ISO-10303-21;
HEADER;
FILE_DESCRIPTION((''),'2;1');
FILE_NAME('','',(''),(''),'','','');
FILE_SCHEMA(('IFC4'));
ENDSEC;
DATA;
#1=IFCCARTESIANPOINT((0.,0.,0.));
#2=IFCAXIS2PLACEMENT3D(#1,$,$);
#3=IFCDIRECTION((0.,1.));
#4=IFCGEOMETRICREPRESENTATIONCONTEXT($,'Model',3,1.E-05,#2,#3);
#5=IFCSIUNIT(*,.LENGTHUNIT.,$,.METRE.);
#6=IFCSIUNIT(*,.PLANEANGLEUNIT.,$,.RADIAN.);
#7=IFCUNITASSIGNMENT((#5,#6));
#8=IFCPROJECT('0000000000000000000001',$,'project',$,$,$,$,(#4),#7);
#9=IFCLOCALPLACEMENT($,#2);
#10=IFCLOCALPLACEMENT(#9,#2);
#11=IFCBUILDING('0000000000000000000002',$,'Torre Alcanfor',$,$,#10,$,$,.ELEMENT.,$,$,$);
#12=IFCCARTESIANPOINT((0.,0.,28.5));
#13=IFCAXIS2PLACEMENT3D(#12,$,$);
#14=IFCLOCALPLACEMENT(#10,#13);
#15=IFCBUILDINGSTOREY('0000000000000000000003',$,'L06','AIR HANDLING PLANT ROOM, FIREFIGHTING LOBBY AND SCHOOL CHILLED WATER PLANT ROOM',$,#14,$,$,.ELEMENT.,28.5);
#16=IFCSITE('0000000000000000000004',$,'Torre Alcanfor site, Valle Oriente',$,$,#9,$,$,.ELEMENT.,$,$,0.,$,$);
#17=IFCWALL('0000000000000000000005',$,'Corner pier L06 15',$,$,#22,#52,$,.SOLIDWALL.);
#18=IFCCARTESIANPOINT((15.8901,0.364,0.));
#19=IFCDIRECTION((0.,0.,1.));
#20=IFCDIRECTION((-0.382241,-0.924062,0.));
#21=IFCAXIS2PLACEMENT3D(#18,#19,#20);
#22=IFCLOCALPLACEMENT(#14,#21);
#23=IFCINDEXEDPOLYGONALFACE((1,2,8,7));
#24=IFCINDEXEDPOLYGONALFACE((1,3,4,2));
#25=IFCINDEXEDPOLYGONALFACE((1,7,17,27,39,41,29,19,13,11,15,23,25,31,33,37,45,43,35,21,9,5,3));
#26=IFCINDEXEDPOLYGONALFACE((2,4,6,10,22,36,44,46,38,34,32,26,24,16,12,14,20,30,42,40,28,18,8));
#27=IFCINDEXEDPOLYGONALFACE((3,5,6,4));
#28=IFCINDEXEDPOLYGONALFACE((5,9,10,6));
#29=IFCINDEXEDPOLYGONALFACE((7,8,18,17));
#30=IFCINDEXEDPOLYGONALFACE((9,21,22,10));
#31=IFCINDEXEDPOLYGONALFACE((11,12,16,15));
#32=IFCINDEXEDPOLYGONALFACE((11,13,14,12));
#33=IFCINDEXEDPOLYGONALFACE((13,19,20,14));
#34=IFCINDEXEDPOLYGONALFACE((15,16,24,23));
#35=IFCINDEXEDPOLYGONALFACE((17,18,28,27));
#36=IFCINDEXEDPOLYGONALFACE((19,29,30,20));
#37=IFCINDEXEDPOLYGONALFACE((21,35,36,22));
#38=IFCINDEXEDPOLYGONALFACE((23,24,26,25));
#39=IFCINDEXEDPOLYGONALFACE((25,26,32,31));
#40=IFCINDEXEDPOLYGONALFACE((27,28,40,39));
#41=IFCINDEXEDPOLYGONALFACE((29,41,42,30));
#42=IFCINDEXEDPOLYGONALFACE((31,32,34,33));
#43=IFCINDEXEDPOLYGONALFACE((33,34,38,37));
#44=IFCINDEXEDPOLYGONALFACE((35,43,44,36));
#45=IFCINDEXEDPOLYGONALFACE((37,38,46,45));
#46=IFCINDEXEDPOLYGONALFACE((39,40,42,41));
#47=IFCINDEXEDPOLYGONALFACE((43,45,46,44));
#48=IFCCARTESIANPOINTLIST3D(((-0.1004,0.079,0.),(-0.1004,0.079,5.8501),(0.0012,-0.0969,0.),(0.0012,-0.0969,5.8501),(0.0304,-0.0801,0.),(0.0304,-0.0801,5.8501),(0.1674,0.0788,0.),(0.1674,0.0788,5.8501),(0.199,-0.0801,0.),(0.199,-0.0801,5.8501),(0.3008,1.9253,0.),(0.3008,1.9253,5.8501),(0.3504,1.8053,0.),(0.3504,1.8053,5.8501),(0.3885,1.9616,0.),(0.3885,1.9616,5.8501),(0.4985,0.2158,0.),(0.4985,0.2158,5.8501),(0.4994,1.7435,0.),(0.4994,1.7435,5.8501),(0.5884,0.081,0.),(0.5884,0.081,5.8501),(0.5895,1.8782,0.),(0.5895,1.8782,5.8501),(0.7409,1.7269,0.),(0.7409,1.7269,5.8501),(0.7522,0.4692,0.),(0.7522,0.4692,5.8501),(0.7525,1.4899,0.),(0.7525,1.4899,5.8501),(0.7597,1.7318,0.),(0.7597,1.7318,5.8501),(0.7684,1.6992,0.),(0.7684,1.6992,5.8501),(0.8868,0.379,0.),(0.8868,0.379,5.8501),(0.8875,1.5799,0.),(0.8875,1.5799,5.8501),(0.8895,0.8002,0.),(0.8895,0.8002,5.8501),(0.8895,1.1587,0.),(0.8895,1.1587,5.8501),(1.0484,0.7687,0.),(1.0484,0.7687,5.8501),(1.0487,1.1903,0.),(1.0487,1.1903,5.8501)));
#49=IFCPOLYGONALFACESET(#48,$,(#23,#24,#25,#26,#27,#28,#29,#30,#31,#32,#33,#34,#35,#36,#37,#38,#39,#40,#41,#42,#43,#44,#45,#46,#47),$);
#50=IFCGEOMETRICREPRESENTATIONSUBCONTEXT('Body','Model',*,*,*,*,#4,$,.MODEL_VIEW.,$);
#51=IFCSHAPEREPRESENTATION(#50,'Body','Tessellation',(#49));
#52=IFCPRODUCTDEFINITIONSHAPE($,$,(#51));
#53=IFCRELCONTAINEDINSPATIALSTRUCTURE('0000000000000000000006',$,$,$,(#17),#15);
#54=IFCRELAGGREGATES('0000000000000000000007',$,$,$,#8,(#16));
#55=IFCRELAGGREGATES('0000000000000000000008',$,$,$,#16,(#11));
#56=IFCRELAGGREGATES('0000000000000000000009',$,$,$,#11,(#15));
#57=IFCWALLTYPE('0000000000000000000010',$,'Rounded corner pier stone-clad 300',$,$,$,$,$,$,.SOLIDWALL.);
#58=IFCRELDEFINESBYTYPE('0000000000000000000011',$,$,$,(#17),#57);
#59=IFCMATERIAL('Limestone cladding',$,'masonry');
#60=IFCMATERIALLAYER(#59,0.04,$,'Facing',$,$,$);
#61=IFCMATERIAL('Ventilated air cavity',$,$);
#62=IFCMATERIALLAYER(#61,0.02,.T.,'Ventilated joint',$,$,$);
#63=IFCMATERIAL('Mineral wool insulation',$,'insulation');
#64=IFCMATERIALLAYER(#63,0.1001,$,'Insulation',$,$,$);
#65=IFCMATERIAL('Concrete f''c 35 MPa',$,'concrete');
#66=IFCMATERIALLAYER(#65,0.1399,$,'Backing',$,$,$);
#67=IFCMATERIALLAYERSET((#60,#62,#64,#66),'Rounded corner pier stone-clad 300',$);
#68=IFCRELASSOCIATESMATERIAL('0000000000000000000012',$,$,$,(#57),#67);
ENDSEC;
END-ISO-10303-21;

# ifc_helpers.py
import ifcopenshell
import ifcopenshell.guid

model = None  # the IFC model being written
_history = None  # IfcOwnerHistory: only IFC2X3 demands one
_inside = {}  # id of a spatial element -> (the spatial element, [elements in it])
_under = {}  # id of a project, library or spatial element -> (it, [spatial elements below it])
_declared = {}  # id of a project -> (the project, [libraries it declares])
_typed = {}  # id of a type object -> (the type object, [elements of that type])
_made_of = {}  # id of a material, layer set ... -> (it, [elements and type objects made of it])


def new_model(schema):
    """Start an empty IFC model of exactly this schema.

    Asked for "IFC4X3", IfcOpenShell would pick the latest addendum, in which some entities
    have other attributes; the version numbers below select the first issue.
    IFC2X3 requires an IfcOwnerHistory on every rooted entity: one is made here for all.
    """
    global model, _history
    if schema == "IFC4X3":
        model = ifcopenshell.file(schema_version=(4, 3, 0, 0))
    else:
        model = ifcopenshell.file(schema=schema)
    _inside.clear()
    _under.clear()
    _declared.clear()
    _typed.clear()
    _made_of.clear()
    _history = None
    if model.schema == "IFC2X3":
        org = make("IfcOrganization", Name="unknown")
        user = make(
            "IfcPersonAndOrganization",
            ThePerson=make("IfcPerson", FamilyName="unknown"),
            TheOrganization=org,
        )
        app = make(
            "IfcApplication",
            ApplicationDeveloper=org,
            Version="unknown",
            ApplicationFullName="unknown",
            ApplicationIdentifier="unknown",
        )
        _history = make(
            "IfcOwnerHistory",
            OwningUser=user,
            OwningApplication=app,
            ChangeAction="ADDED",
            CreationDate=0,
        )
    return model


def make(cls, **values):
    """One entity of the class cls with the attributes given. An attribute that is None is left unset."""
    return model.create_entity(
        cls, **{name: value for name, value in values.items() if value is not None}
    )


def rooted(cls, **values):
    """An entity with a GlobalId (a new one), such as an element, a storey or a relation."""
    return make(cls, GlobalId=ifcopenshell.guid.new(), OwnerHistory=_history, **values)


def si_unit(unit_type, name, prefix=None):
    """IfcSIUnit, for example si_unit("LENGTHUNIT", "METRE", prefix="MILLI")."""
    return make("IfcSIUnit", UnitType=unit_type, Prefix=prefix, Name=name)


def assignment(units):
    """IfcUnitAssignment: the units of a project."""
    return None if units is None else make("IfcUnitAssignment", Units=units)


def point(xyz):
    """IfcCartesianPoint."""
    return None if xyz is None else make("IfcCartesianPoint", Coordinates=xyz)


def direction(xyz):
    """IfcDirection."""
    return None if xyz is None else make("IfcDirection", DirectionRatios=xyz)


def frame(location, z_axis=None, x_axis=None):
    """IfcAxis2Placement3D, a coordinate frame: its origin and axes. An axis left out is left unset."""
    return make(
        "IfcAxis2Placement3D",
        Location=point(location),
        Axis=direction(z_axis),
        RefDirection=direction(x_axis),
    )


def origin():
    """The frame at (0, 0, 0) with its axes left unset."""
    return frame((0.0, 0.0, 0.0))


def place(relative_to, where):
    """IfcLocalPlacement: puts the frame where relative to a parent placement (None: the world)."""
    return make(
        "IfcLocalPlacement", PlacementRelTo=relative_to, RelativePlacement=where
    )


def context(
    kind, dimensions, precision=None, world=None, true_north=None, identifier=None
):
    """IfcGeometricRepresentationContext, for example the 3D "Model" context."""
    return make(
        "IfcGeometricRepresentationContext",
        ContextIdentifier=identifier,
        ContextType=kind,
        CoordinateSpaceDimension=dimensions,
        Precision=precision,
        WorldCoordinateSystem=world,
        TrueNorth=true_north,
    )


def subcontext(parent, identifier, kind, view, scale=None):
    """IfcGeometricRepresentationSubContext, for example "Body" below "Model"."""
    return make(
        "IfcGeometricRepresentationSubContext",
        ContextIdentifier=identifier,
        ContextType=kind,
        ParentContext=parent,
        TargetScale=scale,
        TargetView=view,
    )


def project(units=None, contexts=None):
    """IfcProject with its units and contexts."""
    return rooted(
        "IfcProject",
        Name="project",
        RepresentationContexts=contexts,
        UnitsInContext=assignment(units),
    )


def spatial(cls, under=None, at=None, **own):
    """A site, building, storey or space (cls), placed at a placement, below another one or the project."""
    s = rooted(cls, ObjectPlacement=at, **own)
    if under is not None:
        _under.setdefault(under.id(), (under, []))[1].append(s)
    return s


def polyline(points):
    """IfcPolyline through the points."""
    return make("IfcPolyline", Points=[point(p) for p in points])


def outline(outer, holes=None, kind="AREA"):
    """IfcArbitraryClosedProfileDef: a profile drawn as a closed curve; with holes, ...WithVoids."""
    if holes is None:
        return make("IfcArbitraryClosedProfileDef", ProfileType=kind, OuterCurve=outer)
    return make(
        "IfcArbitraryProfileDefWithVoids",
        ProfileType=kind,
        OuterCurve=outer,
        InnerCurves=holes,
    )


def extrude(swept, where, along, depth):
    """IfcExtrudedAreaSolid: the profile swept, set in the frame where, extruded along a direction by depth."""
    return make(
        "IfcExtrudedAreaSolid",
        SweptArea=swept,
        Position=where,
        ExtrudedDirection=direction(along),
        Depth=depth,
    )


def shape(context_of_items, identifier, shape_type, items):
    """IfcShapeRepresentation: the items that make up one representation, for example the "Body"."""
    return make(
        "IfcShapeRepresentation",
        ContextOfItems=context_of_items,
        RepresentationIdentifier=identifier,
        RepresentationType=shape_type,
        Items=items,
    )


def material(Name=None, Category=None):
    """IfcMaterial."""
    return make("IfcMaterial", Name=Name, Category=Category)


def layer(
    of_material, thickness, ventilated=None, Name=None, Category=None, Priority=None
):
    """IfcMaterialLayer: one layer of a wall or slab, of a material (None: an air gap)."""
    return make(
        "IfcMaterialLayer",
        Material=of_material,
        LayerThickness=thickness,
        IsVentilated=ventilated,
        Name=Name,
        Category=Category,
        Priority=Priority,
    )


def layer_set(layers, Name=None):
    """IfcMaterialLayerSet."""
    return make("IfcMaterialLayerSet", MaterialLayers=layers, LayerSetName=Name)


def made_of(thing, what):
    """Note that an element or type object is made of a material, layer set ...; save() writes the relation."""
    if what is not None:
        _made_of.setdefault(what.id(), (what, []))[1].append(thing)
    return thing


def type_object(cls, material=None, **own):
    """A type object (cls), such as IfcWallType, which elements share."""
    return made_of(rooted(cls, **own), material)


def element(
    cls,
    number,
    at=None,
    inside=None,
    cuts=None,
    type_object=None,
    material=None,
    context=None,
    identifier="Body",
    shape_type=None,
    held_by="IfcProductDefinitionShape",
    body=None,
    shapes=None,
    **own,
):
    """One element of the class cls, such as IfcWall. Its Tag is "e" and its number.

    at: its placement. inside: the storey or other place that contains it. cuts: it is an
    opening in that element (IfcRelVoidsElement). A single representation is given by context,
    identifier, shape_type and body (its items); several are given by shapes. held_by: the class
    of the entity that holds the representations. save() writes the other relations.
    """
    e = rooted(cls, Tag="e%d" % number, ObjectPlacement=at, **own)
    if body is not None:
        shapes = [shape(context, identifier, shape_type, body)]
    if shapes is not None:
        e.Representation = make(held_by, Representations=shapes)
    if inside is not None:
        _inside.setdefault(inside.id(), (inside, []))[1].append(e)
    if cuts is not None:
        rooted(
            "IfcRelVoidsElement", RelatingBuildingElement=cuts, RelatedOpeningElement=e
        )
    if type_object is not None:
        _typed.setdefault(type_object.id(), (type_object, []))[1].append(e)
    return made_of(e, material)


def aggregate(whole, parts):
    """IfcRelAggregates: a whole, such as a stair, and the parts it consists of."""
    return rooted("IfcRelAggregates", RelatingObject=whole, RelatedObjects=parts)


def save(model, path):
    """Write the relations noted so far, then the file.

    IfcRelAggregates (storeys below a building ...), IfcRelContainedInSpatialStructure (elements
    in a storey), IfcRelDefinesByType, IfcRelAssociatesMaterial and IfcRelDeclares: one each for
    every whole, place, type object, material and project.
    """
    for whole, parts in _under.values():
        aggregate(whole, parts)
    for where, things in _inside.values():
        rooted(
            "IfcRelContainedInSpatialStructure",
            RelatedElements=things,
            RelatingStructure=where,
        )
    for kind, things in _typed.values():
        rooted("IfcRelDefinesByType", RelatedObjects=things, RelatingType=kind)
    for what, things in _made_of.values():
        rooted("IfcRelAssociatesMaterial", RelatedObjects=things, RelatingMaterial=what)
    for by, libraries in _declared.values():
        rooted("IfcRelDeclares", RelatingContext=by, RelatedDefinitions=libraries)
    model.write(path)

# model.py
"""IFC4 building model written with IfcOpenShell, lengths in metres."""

from ifc_helpers import new_model, si_unit, direction, frame, origin, place, context, subcontext, project, spatial, polyline, outline, extrude, material, layer, layer_set, type_object, element, save


model = new_model("IFC4")

# Units and contexts
model_context = context("Model", 3, precision=1e-05, world=origin(), true_north=direction((0.0, 1.0)))
body_context = subcontext(model_context, "Body", "Model", "MODEL_VIEW")
ifc_project = project(units=[si_unit("LENGTHUNIT", "METRE"), si_unit("PLANEANGLEUNIT", "RADIAN")], contexts=[model_context])

# Site, building, storey
site_placement = place(None, origin())
site = spatial("IfcSite", under=ifc_project, at=site_placement, Name="Torre Alcanfor site, Valle Oriente", CompositionType="ELEMENT", RefElevation=0.0)
building_placement = place(site_placement, origin())
building = spatial("IfcBuilding", under=site, at=building_placement, Name="Torre Alcanfor", CompositionType="ELEMENT")
storey_placement = place(building_placement, frame((0.0, 0.0, 28.5)))
storey = spatial("IfcBuildingStorey", under=building, at=storey_placement, Name="L06", Description="AIR HANDLING PLANT ROOM, FIREFIGHTING LOBBY AND SCHOOL CHILLED WATER PLANT ROOM", CompositionType="ELEMENT", Elevation=28.5)

# Wall
ifc_material_1 = material(Name="Limestone cladding", Category="masonry")
ifc_material_2 = material(Name="Ventilated air cavity")
ifc_material_3 = material(Name="Mineral wool insulation", Category="insulation")
ifc_material_4 = material(Name="Concrete f'c 35 MPa", Category="concrete")
ifc_layer_1 = layer(ifc_material_1, 0.04, Name="Facing")
ifc_layer_2 = layer(ifc_material_2, 0.02, ventilated=True, Name="Ventilated joint")
ifc_layer_3 = layer(ifc_material_3, 0.1001, Name="Insulation")
ifc_layer_4 = layer(ifc_material_4, 0.1399, Name="Backing")
ifc_layer_set_1 = layer_set([ifc_layer_1, ifc_layer_2, ifc_layer_3, ifc_layer_4], Name="Rounded corner pier stone-clad 300")
wall_type_1 = type_object("IfcWallType", Name="Rounded corner pier stone-clad 300", PredefinedType="SOLIDWALL", material=ifc_layer_set_1)
wall_1_placement = place(storey_placement, frame((15.8901, 0.364, 0.0), z_axis=(0.0, 0.0, 1.0), x_axis=(-0.382241, -0.924062, 0.0)))
element("IfcWall", 1, at=wall_1_placement, inside=storey, type_object=wall_type_1, Name="Corner pier L06 15", PredefinedType="SOLIDWALL", context=body_context, shape_type="SweptSolid", body=[
    extrude(outline(polyline([(0.3504, 1.8053), (0.4994, 1.7435), (0.7525, 1.4899), (0.8895, 1.1587), (0.8895, 0.8002), (0.7522, 0.4692), (0.4985, 0.2158), (0.1674, 0.0788), (-0.1004, 0.079), (0.0012, -0.0969), (0.0304, -0.0801), (0.199, -0.0801), (0.5884, 0.081), (0.8868, 0.379), (1.0484, 0.7687), (1.0487, 1.1903), (0.8875, 1.5799), (0.7684, 1.6992), (0.7597, 1.7318), (0.7409, 1.7269), (0.5895, 1.8782), (0.3885, 1.9616), (0.3008, 1.9253), (0.3504, 1.8053)])), origin(), (0.0, 0.0, 1.0), 5.8501),
])

save(model, "model.ifc")
